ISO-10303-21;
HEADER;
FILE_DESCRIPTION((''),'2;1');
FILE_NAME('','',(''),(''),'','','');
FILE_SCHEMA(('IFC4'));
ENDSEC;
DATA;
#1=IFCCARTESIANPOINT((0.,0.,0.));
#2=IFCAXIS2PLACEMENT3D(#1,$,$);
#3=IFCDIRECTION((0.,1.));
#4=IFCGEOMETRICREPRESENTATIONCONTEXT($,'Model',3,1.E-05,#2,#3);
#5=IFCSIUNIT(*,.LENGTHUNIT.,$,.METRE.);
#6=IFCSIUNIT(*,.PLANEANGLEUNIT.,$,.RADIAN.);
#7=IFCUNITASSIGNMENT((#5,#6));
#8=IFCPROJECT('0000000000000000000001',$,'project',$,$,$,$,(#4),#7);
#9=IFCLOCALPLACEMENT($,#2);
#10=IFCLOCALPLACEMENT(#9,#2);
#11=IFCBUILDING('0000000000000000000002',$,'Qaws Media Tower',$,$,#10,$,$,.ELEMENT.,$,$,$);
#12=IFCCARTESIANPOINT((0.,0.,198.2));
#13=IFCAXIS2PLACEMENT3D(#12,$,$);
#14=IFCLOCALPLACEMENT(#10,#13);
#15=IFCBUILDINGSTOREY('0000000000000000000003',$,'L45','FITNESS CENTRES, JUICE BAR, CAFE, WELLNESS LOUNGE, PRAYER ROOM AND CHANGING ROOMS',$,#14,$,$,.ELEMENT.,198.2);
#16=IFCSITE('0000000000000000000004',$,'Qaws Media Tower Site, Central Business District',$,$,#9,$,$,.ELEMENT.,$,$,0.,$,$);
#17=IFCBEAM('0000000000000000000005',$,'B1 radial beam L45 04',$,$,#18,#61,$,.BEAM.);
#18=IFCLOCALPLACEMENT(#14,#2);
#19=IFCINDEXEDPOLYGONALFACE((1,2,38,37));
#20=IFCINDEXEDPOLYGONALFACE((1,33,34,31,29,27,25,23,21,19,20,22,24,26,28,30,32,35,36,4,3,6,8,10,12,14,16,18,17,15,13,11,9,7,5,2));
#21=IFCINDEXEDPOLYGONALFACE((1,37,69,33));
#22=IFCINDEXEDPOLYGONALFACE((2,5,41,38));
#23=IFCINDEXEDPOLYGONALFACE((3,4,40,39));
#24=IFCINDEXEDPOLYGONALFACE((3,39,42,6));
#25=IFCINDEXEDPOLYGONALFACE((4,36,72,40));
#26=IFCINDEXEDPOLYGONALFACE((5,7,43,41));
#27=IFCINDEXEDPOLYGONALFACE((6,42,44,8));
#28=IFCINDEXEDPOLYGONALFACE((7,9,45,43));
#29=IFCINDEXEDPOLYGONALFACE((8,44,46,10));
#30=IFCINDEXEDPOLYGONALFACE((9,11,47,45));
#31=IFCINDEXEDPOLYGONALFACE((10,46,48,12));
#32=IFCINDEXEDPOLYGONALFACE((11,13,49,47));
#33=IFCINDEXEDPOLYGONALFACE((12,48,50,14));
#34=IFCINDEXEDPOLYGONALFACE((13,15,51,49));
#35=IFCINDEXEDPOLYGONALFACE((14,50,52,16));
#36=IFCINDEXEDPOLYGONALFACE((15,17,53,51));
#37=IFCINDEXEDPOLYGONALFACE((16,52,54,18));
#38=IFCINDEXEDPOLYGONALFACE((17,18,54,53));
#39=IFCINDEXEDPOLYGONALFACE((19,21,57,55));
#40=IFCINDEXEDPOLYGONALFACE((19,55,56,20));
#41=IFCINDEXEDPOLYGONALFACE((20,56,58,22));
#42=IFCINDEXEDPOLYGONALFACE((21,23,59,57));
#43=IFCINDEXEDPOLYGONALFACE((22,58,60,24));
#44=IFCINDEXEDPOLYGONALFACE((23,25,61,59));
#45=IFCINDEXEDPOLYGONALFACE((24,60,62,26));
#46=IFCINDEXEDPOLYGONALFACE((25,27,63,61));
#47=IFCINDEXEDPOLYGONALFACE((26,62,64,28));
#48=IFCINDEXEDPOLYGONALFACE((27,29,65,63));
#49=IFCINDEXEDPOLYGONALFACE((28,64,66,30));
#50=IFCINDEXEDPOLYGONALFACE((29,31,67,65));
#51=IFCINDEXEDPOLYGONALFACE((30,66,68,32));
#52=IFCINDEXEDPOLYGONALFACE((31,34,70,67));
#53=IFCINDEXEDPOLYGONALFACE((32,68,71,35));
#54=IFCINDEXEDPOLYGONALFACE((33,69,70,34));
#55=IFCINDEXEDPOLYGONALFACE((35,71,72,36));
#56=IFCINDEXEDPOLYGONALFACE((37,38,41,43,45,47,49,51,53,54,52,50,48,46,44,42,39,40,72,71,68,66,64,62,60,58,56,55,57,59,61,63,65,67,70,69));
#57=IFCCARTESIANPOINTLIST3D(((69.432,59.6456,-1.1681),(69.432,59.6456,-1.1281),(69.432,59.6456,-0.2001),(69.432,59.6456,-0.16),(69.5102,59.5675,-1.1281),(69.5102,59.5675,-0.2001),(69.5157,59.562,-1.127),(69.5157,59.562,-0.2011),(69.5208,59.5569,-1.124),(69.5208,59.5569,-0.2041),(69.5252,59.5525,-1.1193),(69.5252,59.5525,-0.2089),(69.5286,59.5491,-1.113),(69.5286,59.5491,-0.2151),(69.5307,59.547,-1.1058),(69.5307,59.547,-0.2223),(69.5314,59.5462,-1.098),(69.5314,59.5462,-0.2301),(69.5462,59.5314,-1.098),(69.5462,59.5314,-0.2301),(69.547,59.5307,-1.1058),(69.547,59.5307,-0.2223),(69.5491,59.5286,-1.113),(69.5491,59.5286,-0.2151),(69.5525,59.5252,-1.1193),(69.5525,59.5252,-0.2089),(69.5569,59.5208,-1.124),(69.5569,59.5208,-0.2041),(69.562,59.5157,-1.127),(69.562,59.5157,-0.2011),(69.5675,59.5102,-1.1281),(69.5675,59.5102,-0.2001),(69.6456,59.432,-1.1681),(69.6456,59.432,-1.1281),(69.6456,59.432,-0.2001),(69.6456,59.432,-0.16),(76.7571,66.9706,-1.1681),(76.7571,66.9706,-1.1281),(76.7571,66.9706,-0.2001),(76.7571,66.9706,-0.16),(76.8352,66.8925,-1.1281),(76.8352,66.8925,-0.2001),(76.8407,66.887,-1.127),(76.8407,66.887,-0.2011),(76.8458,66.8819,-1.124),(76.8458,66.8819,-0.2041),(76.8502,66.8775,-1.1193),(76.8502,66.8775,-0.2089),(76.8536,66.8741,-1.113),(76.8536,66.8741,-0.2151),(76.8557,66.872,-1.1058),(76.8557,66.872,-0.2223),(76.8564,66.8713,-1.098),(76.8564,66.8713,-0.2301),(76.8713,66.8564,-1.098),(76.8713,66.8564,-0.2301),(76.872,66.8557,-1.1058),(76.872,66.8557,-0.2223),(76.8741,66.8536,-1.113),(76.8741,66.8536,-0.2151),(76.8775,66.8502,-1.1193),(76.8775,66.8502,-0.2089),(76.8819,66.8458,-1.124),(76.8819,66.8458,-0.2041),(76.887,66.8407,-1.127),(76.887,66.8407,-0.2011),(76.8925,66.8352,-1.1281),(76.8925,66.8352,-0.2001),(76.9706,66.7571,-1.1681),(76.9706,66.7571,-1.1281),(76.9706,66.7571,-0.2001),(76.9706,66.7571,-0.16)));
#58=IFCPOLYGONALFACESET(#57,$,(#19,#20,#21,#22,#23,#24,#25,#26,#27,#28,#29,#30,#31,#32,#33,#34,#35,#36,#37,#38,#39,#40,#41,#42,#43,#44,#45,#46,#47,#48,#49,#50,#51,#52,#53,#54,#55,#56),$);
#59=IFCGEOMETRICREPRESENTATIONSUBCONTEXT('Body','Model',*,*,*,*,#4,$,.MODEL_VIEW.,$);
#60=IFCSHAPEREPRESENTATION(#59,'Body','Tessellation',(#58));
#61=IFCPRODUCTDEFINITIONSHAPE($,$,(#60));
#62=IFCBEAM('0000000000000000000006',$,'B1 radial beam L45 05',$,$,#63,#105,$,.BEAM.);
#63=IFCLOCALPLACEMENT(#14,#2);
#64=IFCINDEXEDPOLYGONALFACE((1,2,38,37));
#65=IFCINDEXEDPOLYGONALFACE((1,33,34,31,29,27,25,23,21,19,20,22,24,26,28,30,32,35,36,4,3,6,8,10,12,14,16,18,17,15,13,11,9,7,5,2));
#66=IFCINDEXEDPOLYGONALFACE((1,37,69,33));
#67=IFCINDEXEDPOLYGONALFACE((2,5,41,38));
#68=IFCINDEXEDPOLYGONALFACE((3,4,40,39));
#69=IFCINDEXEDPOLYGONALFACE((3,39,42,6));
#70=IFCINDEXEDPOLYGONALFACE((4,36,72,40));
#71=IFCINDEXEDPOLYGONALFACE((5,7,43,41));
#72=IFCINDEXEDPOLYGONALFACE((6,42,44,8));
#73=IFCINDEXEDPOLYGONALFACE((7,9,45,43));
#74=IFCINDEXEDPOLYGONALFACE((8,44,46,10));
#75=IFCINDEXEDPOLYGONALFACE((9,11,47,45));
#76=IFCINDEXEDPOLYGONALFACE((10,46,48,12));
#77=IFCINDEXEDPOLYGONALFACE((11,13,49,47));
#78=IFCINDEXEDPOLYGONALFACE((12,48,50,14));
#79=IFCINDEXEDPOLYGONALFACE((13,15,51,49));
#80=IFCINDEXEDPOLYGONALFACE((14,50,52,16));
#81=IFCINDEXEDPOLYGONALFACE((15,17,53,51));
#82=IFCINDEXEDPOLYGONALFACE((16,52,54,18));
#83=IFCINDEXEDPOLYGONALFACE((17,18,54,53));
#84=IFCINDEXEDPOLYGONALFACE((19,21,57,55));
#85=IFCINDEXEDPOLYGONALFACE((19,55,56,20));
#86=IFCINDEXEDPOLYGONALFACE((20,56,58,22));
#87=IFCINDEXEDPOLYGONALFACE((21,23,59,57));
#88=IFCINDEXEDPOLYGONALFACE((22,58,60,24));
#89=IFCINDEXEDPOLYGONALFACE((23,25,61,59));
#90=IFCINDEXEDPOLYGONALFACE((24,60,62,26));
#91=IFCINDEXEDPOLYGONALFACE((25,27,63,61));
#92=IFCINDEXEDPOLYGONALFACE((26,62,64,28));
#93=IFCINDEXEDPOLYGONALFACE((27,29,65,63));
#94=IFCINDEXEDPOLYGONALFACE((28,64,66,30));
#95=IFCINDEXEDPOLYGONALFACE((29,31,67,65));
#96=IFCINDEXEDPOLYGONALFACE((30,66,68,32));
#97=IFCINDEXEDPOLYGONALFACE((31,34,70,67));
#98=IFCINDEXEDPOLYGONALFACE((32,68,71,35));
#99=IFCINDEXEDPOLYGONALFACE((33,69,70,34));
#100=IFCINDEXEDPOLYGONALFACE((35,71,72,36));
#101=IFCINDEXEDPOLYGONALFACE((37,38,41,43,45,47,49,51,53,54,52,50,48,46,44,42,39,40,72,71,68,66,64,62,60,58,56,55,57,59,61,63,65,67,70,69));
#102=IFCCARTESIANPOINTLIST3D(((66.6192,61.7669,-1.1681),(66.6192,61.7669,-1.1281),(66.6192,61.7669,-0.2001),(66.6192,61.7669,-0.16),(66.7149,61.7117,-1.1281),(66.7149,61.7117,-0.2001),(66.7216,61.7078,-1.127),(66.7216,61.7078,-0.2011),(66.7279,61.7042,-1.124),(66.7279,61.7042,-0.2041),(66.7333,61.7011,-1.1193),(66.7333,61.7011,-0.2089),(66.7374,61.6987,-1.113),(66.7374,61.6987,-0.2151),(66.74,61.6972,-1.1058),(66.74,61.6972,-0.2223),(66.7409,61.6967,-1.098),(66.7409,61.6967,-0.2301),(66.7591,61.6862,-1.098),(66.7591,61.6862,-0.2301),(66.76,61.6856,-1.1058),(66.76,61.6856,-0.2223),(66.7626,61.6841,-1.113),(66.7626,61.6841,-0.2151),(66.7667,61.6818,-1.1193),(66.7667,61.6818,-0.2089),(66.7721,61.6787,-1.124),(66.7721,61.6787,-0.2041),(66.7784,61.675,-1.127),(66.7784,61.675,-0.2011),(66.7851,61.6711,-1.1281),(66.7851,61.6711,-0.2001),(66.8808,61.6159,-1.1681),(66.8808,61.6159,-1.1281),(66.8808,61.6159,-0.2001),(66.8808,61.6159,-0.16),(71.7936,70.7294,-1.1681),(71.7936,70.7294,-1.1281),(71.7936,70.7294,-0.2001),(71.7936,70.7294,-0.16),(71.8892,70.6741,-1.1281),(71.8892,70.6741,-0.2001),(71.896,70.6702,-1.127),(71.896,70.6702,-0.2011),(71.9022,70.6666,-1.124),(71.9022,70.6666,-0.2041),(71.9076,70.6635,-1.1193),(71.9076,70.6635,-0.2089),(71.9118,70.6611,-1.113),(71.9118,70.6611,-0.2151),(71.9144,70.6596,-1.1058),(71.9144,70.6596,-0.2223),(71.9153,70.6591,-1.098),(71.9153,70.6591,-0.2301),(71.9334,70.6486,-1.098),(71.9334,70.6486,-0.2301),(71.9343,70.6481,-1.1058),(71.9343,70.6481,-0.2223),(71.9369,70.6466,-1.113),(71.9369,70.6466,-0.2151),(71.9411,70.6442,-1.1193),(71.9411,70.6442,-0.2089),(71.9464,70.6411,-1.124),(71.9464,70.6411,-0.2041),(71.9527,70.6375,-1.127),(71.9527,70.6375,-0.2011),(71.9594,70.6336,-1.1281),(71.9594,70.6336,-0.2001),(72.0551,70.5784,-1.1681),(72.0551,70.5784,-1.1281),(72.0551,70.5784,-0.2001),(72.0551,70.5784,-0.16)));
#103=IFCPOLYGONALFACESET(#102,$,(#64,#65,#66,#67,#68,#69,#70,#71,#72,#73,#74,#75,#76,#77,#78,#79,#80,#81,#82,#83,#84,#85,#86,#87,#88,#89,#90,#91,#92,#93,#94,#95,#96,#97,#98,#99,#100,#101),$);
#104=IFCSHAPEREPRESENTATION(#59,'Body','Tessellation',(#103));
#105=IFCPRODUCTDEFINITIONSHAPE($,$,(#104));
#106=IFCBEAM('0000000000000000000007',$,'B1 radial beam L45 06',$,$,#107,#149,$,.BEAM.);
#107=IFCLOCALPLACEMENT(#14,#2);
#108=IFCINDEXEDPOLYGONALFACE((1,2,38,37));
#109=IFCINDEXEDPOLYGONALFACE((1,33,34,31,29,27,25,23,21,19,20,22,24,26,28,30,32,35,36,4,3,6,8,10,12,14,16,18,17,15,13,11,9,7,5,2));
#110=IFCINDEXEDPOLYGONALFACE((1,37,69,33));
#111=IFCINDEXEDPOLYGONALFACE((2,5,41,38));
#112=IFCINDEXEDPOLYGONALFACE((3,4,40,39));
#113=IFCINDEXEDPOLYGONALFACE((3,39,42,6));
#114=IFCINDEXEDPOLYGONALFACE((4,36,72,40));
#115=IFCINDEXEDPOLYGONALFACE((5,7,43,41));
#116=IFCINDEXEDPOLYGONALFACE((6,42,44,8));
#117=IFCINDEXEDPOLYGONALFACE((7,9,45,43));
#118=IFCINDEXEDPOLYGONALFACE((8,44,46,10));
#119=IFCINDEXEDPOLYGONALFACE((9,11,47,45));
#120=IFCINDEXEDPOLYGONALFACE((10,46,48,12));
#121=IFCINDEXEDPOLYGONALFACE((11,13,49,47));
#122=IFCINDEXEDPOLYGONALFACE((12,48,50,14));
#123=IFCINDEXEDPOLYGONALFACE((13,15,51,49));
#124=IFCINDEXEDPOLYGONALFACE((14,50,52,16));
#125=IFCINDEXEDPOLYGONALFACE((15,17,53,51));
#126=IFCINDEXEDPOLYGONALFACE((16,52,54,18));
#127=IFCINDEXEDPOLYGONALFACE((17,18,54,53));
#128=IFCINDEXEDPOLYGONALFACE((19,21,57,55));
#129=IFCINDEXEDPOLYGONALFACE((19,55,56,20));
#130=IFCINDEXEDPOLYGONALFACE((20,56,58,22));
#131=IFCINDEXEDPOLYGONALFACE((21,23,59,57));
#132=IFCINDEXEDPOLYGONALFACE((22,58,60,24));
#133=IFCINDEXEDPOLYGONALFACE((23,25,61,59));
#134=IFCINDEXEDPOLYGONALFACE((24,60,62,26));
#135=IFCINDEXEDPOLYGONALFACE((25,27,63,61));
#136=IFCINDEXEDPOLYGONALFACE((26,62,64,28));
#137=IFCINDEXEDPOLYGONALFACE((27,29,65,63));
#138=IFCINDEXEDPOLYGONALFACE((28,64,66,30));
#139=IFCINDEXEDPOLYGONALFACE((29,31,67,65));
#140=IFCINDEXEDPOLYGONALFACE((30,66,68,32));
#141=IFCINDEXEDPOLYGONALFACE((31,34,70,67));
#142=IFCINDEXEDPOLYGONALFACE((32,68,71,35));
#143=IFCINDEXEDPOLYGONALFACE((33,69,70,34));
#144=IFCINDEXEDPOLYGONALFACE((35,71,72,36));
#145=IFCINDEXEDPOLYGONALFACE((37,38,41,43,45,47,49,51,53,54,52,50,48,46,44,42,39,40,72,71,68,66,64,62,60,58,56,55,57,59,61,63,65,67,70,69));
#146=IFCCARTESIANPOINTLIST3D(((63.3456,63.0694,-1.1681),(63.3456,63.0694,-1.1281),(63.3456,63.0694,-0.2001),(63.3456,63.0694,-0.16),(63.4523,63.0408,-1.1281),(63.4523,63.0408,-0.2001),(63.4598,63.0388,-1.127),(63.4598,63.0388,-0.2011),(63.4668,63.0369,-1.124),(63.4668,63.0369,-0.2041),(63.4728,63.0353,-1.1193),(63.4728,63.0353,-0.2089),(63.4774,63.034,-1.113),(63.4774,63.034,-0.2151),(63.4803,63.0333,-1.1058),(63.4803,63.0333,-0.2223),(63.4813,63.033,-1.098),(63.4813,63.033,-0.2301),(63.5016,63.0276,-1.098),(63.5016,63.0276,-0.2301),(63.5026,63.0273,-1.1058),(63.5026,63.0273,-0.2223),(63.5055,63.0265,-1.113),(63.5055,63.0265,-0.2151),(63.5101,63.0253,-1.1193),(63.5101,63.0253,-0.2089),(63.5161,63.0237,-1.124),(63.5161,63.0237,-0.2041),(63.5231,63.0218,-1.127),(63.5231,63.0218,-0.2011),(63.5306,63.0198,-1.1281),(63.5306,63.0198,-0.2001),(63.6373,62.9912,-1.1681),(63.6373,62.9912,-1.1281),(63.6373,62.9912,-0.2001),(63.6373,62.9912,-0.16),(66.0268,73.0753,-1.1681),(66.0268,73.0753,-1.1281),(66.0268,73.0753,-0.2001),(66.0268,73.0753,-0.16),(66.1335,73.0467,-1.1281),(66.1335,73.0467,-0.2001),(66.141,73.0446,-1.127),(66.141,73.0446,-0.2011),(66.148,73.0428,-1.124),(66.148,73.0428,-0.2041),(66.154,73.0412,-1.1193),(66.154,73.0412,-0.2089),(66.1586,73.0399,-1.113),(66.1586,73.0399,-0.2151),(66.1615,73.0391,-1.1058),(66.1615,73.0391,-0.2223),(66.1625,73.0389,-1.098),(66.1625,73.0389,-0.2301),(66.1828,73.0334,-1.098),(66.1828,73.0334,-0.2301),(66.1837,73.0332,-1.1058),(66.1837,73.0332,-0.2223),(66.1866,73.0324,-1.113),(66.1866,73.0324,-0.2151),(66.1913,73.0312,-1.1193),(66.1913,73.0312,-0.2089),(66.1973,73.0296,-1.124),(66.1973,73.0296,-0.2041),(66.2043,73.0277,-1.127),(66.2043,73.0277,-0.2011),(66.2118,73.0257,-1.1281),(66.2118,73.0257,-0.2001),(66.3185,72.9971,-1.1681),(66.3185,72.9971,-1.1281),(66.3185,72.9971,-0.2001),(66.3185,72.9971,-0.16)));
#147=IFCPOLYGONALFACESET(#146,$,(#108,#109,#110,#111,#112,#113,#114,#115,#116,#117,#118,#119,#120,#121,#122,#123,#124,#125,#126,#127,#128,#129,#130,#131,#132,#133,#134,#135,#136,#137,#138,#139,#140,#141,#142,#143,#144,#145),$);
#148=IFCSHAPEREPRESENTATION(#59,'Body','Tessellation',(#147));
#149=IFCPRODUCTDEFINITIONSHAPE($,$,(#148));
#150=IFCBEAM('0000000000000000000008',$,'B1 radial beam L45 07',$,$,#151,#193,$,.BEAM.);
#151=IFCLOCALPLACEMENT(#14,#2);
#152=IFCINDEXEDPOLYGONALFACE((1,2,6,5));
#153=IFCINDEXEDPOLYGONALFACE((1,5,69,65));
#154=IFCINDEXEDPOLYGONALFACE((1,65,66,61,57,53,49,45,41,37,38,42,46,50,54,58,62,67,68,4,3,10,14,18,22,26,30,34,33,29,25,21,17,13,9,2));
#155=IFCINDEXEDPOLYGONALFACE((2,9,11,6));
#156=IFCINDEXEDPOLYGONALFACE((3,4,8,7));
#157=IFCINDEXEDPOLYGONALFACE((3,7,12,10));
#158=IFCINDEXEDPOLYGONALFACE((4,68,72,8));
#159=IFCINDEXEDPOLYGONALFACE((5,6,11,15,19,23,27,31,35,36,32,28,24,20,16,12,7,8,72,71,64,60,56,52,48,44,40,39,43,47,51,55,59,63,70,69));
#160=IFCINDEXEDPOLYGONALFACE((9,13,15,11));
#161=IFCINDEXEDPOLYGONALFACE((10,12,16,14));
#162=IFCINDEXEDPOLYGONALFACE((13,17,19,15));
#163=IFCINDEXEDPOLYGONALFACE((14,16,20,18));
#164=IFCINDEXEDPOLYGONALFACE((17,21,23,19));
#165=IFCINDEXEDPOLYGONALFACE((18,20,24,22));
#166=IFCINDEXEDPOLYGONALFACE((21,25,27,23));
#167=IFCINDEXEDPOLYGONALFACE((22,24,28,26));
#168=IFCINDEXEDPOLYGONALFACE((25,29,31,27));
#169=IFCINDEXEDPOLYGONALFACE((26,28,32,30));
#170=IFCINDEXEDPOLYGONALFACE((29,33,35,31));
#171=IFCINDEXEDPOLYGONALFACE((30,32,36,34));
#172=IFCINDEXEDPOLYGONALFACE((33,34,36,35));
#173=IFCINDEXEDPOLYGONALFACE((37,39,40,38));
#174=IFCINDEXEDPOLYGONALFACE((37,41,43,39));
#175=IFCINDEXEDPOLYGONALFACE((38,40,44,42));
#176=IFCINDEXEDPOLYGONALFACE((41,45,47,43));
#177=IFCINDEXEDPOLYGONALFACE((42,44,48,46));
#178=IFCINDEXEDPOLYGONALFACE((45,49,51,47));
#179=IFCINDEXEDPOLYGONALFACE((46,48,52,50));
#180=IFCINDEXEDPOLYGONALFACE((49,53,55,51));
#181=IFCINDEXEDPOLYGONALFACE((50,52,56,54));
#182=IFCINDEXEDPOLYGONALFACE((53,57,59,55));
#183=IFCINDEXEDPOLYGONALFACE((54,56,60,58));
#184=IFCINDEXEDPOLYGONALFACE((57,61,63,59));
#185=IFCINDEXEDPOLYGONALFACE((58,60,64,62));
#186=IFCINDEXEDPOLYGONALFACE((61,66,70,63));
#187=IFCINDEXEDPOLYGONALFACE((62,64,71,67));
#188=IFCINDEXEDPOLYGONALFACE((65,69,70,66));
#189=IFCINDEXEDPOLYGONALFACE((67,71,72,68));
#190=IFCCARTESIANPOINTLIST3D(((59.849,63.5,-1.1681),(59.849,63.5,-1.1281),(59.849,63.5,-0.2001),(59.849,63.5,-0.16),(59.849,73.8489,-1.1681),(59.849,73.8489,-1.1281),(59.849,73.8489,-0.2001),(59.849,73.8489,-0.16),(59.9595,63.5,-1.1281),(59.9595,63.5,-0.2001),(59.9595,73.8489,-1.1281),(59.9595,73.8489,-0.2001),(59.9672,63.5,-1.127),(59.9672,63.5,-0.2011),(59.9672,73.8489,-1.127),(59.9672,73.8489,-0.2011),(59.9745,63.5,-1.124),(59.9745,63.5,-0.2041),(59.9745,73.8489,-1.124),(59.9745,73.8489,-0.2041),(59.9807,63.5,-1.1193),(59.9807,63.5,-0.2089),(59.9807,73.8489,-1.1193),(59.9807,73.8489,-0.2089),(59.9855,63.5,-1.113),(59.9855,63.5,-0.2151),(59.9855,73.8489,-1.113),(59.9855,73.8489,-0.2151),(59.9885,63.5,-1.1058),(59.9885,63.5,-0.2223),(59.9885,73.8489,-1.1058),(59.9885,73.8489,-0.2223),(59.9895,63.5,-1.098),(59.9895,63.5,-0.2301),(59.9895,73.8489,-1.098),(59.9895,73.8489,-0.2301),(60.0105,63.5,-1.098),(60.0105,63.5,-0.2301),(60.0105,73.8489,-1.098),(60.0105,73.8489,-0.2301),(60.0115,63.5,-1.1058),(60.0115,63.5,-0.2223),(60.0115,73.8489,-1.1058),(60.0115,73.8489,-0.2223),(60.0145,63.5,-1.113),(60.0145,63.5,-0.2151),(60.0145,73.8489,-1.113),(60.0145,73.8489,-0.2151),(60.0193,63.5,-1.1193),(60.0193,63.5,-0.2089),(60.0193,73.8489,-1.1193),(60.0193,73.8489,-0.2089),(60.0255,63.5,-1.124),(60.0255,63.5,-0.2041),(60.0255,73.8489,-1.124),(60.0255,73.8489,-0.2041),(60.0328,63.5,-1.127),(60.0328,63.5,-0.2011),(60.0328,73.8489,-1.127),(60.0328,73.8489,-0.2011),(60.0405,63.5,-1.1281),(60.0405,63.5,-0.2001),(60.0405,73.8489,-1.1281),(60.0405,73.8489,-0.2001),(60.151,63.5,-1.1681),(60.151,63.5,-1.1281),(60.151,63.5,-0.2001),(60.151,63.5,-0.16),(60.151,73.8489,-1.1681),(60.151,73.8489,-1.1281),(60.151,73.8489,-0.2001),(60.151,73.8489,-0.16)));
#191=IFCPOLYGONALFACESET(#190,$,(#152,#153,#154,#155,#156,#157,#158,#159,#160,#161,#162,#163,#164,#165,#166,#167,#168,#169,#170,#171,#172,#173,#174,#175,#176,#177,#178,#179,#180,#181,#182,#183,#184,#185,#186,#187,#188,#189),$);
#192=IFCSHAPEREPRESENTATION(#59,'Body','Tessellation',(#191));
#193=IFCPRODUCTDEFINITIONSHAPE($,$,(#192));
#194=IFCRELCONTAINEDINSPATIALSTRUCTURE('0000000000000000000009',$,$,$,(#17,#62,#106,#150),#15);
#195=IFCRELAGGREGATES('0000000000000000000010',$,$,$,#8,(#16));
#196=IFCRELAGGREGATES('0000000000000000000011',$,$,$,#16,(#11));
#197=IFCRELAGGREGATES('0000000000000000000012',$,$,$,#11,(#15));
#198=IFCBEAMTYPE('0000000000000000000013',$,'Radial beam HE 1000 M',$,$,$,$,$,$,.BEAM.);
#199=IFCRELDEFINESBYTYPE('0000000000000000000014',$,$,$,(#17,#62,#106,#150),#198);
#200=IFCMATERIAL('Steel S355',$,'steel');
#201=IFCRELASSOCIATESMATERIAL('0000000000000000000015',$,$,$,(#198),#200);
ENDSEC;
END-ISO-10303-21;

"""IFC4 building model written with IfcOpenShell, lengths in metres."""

from ifc_helpers import new_model, si_unit, direction, frame, origin, origin_2d, place, context, subcontext, project, spatial, i_section, extrude, material, material_profile, profile_set, type_object, element, save


model = new_model("IFC4")

# Units and contexts
model_context = context("Model", 3, precision=1e-05, world=origin(), true_north=direction((0.0, 1.0)))
body_context = subcontext(model_context, "Body", "Model", "MODEL_VIEW")
ifc_project = project(units=[si_unit("LENGTHUNIT", "METRE"), si_unit("PLANEANGLEUNIT", "RADIAN")], contexts=[model_context])

# Site, building, storey
site_placement = place(None, origin())
site = spatial("IfcSite", under=ifc_project, at=site_placement, Name="Qaws Media Tower Site, Central Business District", CompositionType="ELEMENT", RefElevation=0.0)
building_placement = place(site_placement, origin())
building = spatial("IfcBuilding", under=site, at=building_placement, Name="Qaws Media Tower", CompositionType="ELEMENT")
storey_placement = place(building_placement, frame((0.0, 0.0, 198.2)))
storey = spatial("IfcBuildingStorey", under=building, at=storey_placement, Name="L45", Description="FITNESS CENTRES, JUICE BAR, CAFE, WELLNESS LOUNGE, PRAYER ROOM AND CHANGING ROOMS", CompositionType="ELEMENT", Elevation=198.2)

# Beams
ifc_material_1 = material(Name="Steel S355", Category="steel")
ifc_material_profile_1 = material_profile(ifc_material_1, i_section(OverallWidth=0.302, OverallDepth=1.0081, WebThickness=0.021, FlangeThickness=0.04, FilletRadius=0.03, at=origin_2d()), Name="HE 1000 M")
ifc_profile_set_1 = profile_set([ifc_material_profile_1], Name="Steel S355")
beam_type_1 = type_object("IfcBeamType", Name="Radial beam HE 1000 M", PredefinedType="BEAM", material=ifc_profile_set_1)
beam_1_placement = place(storey_placement, frame((69.5388, 59.5388, -0.6641), z_axis=(0.707107, 0.707107, 0.0), x_axis=(-0.707107, 0.707107, 0.0)))
element("IfcBeam", 1, at=beam_1_placement, inside=storey, type_object=beam_type_1, Name="B1 radial beam L45 04", PredefinedType="BEAM", context=body_context, shape_type="SweptSolid", body=[
    extrude(i_section(OverallWidth=0.302, OverallDepth=1.0081, WebThickness=0.021, FlangeThickness=0.04, FilletRadius=0.03, at=origin_2d()), origin(), (0.0, 0.0, 1.0), 10.3591),
])
beam_2_placement = place(storey_placement, frame((66.75, 61.6914, -0.6641), z_axis=(0.499991, 0.866031, 0.0), x_axis=(-0.866031, 0.499991, 0.0)))
element("IfcBeam", 2, at=beam_2_placement, inside=storey, type_object=beam_type_1, Name="B1 radial beam L45 05", PredefinedType="BEAM", context=body_context, shape_type="SweptSolid", body=[
    extrude(i_section(OverallWidth=0.302, OverallDepth=1.0081, WebThickness=0.021, FlangeThickness=0.04, FilletRadius=0.03, at=origin_2d()), origin(), (0.0, 0.0, 1.0), 10.3489),
])
beam_3_placement = place(storey_placement, frame((63.4915, 63.0303, -0.6641), z_axis=(0.258827, 0.965924, 0.0), x_axis=(-0.965924, 0.258827, 0.0)))
element("IfcBeam", 3, at=beam_3_placement, inside=storey, type_object=beam_type_1, Name="B1 radial beam L45 06", PredefinedType="BEAM", context=body_context, shape_type="SweptSolid", body=[
    extrude(i_section(OverallWidth=0.302, OverallDepth=1.0081, WebThickness=0.021, FlangeThickness=0.04, FilletRadius=0.03, at=origin_2d()), origin(), (0.0, 0.0, 1.0), 10.3589),
])
beam_4_placement = place(storey_placement, frame((60.0, 63.5, -0.6641), z_axis=(0.0, 1.0, 0.0), x_axis=(-1.0, 0.0, 0.0)))
element("IfcBeam", 4, at=beam_4_placement, inside=storey, type_object=beam_type_1, Name="B1 radial beam L45 07", PredefinedType="BEAM", context=body_context, shape_type="SweptSolid", body=[
    extrude(i_section(OverallWidth=0.302, OverallDepth=1.0081, WebThickness=0.021, FlangeThickness=0.04, FilletRadius=0.03, at=origin_2d()), origin(), (0.0, 0.0, 1.0), 10.3489),
])

save(model, "model.ifc")
